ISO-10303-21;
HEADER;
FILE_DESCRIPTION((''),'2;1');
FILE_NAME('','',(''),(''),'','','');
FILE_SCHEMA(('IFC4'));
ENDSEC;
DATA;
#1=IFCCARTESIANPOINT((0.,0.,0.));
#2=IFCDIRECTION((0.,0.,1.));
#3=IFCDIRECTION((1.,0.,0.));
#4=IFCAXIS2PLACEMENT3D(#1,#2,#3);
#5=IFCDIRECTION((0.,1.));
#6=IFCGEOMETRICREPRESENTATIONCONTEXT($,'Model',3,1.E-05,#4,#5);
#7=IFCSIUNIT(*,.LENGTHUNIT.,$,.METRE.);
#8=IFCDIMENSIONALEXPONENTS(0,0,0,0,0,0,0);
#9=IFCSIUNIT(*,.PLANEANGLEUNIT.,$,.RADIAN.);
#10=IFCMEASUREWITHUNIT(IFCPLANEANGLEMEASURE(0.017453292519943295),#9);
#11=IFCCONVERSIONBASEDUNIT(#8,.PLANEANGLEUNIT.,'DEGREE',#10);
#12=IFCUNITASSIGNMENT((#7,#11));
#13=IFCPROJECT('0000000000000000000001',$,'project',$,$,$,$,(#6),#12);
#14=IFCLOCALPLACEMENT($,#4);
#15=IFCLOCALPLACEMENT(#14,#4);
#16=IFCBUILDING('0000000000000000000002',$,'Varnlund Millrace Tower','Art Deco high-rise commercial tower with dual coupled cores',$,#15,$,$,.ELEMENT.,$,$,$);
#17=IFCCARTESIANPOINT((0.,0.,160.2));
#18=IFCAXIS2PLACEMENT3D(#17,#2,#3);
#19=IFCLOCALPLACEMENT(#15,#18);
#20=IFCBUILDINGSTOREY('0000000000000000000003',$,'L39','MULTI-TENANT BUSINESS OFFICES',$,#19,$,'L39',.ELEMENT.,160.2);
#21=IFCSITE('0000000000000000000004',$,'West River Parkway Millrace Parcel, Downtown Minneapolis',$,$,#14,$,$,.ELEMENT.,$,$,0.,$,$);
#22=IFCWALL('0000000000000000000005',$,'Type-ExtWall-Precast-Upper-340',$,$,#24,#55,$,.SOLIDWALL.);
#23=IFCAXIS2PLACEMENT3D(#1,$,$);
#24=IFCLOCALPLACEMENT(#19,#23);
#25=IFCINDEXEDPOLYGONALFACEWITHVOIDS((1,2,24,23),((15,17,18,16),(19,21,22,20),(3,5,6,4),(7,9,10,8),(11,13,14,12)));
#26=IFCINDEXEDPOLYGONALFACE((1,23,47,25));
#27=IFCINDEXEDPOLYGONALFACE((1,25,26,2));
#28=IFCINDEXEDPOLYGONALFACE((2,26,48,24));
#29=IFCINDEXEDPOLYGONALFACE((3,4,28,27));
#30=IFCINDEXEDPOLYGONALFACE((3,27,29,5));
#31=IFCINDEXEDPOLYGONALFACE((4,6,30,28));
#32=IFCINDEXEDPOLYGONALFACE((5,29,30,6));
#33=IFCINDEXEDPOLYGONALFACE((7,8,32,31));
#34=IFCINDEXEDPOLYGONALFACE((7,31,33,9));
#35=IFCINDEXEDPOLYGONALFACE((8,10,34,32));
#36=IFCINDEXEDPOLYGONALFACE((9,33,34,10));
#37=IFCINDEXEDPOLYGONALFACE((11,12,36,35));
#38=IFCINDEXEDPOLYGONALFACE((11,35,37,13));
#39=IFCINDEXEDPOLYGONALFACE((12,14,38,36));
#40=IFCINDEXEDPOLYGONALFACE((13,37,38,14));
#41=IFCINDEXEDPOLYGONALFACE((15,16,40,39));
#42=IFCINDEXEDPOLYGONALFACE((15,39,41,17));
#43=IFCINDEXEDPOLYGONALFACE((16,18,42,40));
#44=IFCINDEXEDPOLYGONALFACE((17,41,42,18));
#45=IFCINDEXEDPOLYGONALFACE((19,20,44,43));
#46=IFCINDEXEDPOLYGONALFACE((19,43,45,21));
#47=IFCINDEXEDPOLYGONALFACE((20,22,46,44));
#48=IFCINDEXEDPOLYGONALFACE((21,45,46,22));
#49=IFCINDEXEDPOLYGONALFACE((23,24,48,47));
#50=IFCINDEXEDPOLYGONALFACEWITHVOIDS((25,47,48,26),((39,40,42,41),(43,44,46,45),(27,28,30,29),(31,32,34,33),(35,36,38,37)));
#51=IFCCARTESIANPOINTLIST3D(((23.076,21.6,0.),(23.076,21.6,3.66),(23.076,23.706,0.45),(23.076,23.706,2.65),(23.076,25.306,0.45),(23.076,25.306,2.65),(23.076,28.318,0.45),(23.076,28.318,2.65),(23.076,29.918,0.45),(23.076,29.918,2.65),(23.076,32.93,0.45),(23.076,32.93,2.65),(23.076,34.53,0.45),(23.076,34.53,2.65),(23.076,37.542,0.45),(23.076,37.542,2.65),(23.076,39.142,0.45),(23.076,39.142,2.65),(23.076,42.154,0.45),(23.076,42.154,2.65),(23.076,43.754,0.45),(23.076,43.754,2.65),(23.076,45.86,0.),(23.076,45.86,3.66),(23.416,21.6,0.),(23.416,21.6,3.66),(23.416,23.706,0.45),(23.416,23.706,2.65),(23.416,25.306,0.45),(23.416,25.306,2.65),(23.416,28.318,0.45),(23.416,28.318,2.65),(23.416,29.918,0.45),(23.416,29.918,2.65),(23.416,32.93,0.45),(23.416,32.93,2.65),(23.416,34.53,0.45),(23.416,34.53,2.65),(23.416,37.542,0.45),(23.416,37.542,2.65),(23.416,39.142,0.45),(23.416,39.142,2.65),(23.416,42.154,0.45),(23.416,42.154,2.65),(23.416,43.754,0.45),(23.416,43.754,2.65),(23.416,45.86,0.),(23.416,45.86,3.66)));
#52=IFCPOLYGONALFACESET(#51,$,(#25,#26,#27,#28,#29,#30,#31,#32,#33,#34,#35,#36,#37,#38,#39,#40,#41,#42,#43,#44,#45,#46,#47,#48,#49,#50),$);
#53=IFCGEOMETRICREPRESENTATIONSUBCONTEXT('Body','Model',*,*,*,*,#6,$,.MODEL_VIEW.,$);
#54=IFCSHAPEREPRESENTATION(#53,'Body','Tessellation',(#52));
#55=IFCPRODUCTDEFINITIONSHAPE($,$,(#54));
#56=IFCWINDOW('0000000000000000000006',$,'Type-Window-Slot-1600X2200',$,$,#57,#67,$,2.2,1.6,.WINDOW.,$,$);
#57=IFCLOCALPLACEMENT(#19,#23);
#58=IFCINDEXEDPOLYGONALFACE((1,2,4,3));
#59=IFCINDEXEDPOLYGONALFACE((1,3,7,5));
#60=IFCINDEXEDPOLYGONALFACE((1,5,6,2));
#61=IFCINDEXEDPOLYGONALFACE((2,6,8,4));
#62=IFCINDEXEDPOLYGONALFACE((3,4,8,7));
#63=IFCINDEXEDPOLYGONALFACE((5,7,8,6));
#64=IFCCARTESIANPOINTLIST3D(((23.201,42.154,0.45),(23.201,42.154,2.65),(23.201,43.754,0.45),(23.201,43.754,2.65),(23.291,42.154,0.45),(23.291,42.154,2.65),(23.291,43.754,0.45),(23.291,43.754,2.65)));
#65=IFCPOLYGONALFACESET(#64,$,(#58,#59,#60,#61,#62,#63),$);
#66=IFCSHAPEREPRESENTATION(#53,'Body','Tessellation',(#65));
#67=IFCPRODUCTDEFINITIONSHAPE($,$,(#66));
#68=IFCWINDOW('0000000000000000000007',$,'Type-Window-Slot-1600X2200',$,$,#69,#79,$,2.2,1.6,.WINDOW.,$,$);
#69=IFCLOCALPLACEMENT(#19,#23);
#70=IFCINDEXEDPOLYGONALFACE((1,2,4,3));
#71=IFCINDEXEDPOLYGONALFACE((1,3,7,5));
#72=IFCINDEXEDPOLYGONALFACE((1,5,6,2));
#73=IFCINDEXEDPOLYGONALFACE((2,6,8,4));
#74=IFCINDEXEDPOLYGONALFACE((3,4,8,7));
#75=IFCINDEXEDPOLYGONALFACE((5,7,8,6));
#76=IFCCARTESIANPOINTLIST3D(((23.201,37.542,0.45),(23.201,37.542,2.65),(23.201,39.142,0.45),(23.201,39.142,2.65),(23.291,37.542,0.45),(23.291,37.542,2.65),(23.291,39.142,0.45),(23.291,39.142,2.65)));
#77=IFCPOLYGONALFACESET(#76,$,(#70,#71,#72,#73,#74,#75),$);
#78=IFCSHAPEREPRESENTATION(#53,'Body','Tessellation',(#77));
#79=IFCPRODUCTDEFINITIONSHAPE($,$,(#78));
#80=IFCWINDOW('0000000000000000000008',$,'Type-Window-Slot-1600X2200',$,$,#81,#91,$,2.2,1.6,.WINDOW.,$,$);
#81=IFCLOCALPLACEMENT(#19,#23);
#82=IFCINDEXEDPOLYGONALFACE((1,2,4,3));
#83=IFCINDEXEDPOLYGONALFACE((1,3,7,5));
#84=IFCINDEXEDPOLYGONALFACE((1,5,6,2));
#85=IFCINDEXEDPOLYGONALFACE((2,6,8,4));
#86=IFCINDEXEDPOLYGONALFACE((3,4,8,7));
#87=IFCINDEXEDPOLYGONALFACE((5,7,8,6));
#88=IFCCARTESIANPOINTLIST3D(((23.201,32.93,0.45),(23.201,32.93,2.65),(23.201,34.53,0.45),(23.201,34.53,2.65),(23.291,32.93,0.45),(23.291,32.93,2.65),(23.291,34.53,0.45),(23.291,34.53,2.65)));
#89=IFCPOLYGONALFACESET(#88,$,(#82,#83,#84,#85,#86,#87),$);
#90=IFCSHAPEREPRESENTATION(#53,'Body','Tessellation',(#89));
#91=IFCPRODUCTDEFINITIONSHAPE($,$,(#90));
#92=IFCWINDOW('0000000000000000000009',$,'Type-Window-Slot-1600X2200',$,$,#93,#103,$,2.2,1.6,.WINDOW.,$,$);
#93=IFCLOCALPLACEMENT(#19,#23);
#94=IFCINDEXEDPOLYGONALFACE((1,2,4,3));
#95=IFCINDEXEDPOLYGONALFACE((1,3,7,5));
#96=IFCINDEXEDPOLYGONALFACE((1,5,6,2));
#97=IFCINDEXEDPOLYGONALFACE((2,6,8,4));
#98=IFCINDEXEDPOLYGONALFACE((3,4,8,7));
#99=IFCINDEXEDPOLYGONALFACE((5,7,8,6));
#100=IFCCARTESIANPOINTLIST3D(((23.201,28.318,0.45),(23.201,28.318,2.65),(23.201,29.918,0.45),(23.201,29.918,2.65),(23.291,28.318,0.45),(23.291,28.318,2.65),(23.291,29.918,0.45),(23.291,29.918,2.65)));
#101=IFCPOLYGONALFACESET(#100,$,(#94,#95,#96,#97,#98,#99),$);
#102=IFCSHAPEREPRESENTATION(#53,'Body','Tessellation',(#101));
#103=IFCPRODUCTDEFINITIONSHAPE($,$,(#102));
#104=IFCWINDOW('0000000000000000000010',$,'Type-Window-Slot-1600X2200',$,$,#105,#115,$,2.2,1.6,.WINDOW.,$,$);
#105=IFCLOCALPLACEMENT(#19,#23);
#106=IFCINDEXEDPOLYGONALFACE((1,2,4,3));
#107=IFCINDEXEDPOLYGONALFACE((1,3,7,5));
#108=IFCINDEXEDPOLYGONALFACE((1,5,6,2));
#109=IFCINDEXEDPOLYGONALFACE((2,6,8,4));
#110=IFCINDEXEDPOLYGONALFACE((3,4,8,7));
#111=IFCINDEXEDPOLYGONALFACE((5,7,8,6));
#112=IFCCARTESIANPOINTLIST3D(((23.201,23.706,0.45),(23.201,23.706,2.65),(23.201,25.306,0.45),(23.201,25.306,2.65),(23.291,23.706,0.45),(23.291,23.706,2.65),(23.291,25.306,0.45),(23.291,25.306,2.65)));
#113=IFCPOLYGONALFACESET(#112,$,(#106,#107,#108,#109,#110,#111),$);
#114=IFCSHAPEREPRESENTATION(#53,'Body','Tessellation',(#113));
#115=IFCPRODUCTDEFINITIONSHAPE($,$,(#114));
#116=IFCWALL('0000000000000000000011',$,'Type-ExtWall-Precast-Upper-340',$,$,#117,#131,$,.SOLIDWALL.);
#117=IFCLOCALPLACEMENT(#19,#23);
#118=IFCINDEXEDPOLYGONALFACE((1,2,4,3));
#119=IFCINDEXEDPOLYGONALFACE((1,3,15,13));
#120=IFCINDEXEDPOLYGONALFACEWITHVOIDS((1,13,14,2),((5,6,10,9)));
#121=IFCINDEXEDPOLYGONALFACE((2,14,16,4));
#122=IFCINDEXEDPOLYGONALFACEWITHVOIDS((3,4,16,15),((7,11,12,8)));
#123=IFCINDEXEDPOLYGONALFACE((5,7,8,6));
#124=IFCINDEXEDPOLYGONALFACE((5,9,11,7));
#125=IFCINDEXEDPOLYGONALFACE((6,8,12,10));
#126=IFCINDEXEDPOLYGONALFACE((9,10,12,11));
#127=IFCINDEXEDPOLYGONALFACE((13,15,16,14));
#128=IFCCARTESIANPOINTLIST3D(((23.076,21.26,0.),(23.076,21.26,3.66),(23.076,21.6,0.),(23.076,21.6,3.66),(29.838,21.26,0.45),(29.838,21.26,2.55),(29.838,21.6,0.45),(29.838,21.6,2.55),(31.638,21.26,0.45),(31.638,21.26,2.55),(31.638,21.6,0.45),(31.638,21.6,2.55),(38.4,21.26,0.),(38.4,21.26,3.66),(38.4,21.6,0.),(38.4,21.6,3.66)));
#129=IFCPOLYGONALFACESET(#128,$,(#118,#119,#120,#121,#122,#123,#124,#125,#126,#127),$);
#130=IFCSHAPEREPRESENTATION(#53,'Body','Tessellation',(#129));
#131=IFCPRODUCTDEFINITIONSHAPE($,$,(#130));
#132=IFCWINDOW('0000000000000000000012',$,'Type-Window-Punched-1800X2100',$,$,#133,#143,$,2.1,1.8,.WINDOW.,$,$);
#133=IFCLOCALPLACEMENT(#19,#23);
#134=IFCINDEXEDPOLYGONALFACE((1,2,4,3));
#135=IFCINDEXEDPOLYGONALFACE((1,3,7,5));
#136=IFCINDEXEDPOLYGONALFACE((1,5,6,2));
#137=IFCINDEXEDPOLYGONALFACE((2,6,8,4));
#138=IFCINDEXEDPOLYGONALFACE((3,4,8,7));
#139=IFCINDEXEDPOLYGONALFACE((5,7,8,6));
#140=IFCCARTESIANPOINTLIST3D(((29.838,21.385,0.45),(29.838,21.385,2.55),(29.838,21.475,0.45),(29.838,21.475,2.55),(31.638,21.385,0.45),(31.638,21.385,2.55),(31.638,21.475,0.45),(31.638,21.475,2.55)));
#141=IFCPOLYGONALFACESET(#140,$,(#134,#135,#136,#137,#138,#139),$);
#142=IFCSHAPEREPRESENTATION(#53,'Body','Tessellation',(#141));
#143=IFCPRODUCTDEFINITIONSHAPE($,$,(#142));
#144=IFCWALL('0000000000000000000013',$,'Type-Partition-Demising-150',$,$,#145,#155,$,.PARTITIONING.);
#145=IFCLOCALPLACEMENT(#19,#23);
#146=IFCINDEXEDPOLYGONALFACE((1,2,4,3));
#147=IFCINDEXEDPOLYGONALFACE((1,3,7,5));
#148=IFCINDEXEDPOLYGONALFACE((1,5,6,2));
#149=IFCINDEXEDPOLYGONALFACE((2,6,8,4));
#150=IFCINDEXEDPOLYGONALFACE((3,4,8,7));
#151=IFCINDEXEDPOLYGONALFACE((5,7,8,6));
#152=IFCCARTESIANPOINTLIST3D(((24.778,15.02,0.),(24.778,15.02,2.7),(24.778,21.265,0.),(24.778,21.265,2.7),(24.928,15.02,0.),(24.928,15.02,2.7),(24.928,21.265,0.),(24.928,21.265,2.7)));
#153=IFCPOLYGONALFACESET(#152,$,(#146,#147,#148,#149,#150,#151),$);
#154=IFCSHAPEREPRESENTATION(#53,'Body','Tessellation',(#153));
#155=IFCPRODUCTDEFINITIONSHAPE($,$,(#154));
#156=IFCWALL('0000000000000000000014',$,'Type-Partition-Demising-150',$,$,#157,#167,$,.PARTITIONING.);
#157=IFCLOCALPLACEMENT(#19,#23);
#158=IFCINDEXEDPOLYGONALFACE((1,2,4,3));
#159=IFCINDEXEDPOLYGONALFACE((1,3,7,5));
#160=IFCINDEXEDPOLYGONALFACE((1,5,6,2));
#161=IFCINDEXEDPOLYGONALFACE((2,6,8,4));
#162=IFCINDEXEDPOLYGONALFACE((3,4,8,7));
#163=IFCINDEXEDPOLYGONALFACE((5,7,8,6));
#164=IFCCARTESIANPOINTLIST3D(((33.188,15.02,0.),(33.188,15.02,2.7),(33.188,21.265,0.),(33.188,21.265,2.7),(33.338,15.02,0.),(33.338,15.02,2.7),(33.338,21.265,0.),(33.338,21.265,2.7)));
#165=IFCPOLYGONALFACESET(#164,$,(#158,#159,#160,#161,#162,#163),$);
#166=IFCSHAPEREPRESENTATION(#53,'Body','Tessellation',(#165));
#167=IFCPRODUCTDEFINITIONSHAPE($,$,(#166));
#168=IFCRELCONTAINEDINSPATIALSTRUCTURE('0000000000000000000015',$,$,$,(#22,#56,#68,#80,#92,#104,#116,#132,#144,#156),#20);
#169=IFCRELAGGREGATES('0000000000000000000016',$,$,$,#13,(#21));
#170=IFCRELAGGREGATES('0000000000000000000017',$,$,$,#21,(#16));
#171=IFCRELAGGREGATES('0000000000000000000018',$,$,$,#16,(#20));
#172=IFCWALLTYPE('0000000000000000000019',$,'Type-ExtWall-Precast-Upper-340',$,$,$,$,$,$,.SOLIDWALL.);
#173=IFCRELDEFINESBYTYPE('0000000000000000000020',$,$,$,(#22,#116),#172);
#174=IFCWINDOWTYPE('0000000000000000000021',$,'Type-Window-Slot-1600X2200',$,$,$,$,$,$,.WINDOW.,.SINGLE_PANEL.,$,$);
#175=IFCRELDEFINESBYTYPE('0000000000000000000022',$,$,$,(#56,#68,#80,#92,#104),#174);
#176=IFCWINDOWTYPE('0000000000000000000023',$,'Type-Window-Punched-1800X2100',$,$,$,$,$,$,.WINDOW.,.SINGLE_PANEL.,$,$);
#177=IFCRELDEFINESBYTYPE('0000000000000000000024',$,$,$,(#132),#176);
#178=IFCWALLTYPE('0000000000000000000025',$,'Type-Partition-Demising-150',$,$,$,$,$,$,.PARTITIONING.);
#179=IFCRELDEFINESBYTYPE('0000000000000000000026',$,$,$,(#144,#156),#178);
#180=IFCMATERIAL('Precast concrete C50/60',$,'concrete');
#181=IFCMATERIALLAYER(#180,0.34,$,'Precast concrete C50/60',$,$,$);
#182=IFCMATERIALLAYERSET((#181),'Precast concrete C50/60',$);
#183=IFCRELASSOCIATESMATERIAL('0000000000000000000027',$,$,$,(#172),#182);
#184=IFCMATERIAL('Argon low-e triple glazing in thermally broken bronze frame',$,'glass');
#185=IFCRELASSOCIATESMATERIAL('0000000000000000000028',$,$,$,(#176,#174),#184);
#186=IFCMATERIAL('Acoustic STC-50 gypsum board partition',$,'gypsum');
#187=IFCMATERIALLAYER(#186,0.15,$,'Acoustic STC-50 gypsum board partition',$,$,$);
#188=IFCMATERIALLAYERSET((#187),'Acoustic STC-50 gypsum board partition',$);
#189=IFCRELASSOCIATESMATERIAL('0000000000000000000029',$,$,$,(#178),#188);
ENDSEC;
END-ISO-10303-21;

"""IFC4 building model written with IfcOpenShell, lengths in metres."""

from ifc_helpers import new_model, entity, si_unit, converted_unit, direction, frame, origin_with_axes, origin_2d_with_axis, place, context, subcontext, project, spatial, polyline, rectangle, outline, extrude, material, layer, layer_set, type_object, element, fill, save


model = new_model("IFC4")

# Units and contexts
model_context = context("Model", 3, precision=1e-05, world=origin_with_axes(), true_north=direction((0.0, 1.0)))
body_context = subcontext(model_context, "Body", "Model", "MODEL_VIEW")
ifc_project = project(units=[si_unit("LENGTHUNIT", "METRE"), converted_unit("PLANEANGLEUNIT", "DEGREE", entity("IfcPlaneAngleMeasure", 0.017453292519943295), si_unit("PLANEANGLEUNIT", "RADIAN"), dimensions=[0, 0, 0, 0, 0, 0, 0])], contexts=[model_context])

# Site, building, storey
site_placement = place(None, origin_with_axes())
site = spatial("IfcSite", under=ifc_project, at=site_placement, Name="West River Parkway Millrace Parcel, Downtown Minneapolis", CompositionType="ELEMENT", RefElevation=0.0)
building_placement = place(site_placement, origin_with_axes())
building = spatial("IfcBuilding", under=site, at=building_placement, Name="Varnlund Millrace Tower", Description="Art Deco high-rise commercial tower with dual coupled cores", CompositionType="ELEMENT")
storey_placement = place(building_placement, frame((0.0, 0.0, 160.2), z_axis=(0.0, 0.0, 1.0), x_axis=(1.0, 0.0, 0.0)))
storey = spatial("IfcBuildingStorey", under=building, at=storey_placement, Name="L39", Description="MULTI-TENANT BUSINESS OFFICES", LongName="L39", CompositionType="ELEMENT", Elevation=160.2)

# Shared definitions
ifc_material_1 = material(Name="Precast concrete C50/60", Category="concrete")
ifc_layer_1 = layer(ifc_material_1, 0.34, Name="Precast concrete C50/60")
ifc_layer_set_1 = layer_set([ifc_layer_1], Name="Precast concrete C50/60")
wall_type_1 = type_object("IfcWallType", Name="Type-ExtWall-Precast-Upper-340", PredefinedType="SOLIDWALL", material=ifc_layer_set_1)

# Shared definitions
ifc_material_2 = material(Name="Argon low-e triple glazing in thermally broken bronze frame", Category="glass")
window_type_1 = type_object("IfcWindowType", Name="Type-Window-Punched-1800X2100", PartitioningType="SINGLE_PANEL", PredefinedType="WINDOW", material=ifc_material_2)

# Wall, openings, windows
wall_1_placement = place(storey_placement, frame((23.246, 45.86, 0.0), z_axis=(0.0, 0.0, 1.0), x_axis=(0.0, -1.0, 0.0)))
wall_1 = element("IfcWall", 1, at=wall_1_placement, inside=storey, type_object=wall_type_1, Name="Type-ExtWall-Precast-Upper-340", PredefinedType="SOLIDWALL", context=body_context, shape_type="SweptSolid", body=[
    extrude(outline(polyline([(0.0, -0.17), (24.26, -0.17), (24.26, 0.17), (0.0, 0.17), (0.0, -0.17)])), origin_with_axes(), (0.0, 0.0, 1.0), 3.66),
])
opening_1_placement = place(wall_1_placement, frame((2.906, 0.0, 0.45), z_axis=(0.0, 0.0, 1.0), x_axis=(1.0, 0.0, 0.0)))
opening_1 = element("IfcOpeningElement", 2, at=opening_1_placement, cuts=wall_1, PredefinedType="OPENING", context=body_context, shape_type="SweptSolid", body=[
    extrude(rectangle(XDim=1.6, YDim=0.36, at=origin_2d_with_axis()), origin_with_axes(), (0.0, 0.0, 1.0), 2.2),
])
opening_2_placement = place(wall_1_placement, frame((7.518, 0.0, 0.45), z_axis=(0.0, 0.0, 1.0), x_axis=(1.0, 0.0, 0.0)))
opening_2 = element("IfcOpeningElement", 3, at=opening_2_placement, cuts=wall_1, PredefinedType="OPENING", context=body_context, shape_type="SweptSolid", body=[
    extrude(rectangle(XDim=1.6, YDim=0.36, at=origin_2d_with_axis()), origin_with_axes(), (0.0, 0.0, 1.0), 2.2),
])
opening_3_placement = place(wall_1_placement, frame((12.13, 0.0, 0.45), z_axis=(0.0, 0.0, 1.0), x_axis=(1.0, 0.0, 0.0)))
opening_3 = element("IfcOpeningElement", 4, at=opening_3_placement, cuts=wall_1, PredefinedType="OPENING", context=body_context, shape_type="SweptSolid", body=[
    extrude(rectangle(XDim=1.6, YDim=0.36, at=origin_2d_with_axis()), origin_with_axes(), (0.0, 0.0, 1.0), 2.2),
])
opening_4_placement = place(wall_1_placement, frame((16.742, 0.0, 0.45), z_axis=(0.0, 0.0, 1.0), x_axis=(1.0, 0.0, 0.0)))
opening_4 = element("IfcOpeningElement", 5, at=opening_4_placement, cuts=wall_1, PredefinedType="OPENING", context=body_context, shape_type="SweptSolid", body=[
    extrude(rectangle(XDim=1.6, YDim=0.36, at=origin_2d_with_axis()), origin_with_axes(), (0.0, 0.0, 1.0), 2.2),
])
opening_5_placement = place(wall_1_placement, frame((21.354, 0.0, 0.45), z_axis=(0.0, 0.0, 1.0), x_axis=(1.0, 0.0, 0.0)))
opening_5 = element("IfcOpeningElement", 6, at=opening_5_placement, cuts=wall_1, PredefinedType="OPENING", context=body_context, shape_type="SweptSolid", body=[
    extrude(rectangle(XDim=1.6, YDim=0.36, at=origin_2d_with_axis()), origin_with_axes(), (0.0, 0.0, 1.0), 2.2),
])
window_type_2 = type_object("IfcWindowType", Name="Type-Window-Slot-1600X2200", PartitioningType="SINGLE_PANEL", PredefinedType="WINDOW", material=ifc_material_2)
window_1_placement = place(wall_1_placement, frame((2.906, 0.0, 0.45), z_axis=(0.0, 0.0, 1.0), x_axis=(1.0, 0.0, 0.0)))
window_1 = element("IfcWindow", 7, at=window_1_placement, inside=storey, type_object=window_type_2, Name="Type-Window-Slot-1600X2200", OverallHeight=2.2, OverallWidth=1.6, PredefinedType="WINDOW", context=body_context, shape_type="SweptSolid", body=[
    extrude(rectangle(XDim=1.6, YDim=0.09, at=origin_2d_with_axis()), origin_with_axes(), (0.0, 0.0, 1.0), 2.2),
])
fill(opening_1, window_1)
window_2_placement = place(wall_1_placement, frame((7.518, 0.0, 0.45), z_axis=(0.0, 0.0, 1.0), x_axis=(1.0, 0.0, 0.0)))
window_2 = element("IfcWindow", 8, at=window_2_placement, inside=storey, type_object=window_type_2, Name="Type-Window-Slot-1600X2200", OverallHeight=2.2, OverallWidth=1.6, PredefinedType="WINDOW", context=body_context, shape_type="SweptSolid", body=[
    extrude(rectangle(XDim=1.6, YDim=0.09, at=origin_2d_with_axis()), origin_with_axes(), (0.0, 0.0, 1.0), 2.2),
])
fill(opening_2, window_2)
window_3_placement = place(wall_1_placement, frame((12.13, 0.0, 0.45), z_axis=(0.0, 0.0, 1.0), x_axis=(1.0, 0.0, 0.0)))
window_3 = element("IfcWindow", 9, at=window_3_placement, inside=storey, type_object=window_type_2, Name="Type-Window-Slot-1600X2200", OverallHeight=2.2, OverallWidth=1.6, PredefinedType="WINDOW", context=body_context, shape_type="SweptSolid", body=[
    extrude(rectangle(XDim=1.6, YDim=0.09, at=origin_2d_with_axis()), origin_with_axes(), (0.0, 0.0, 1.0), 2.2),
])
fill(opening_3, window_3)
window_4_placement = place(wall_1_placement, frame((16.742, 0.0, 0.45), z_axis=(0.0, 0.0, 1.0), x_axis=(1.0, 0.0, 0.0)))
window_4 = element("IfcWindow", 10, at=window_4_placement, inside=storey, type_object=window_type_2, Name="Type-Window-Slot-1600X2200", OverallHeight=2.2, OverallWidth=1.6, PredefinedType="WINDOW", context=body_context, shape_type="SweptSolid", body=[
    extrude(rectangle(XDim=1.6, YDim=0.09, at=origin_2d_with_axis()), origin_with_axes(), (0.0, 0.0, 1.0), 2.2),
])
fill(opening_4, window_4)
window_5_placement = place(wall_1_placement, frame((21.354, 0.0, 0.45), z_axis=(0.0, 0.0, 1.0), x_axis=(1.0, 0.0, 0.0)))
window_5 = element("IfcWindow", 11, at=window_5_placement, inside=storey, type_object=window_type_2, Name="Type-Window-Slot-1600X2200", OverallHeight=2.2, OverallWidth=1.6, PredefinedType="WINDOW", context=body_context, shape_type="SweptSolid", body=[
    extrude(rectangle(XDim=1.6, YDim=0.09, at=origin_2d_with_axis()), origin_with_axes(), (0.0, 0.0, 1.0), 2.2),
])
fill(opening_5, window_5)

# Wall, opening, window
wall_2_placement = place(storey_placement, frame((23.076, 21.43, 0.0), z_axis=(0.0, 0.0, 1.0), x_axis=(1.0, 0.0, 0.0)))
wall_2 = element("IfcWall", 12, at=wall_2_placement, inside=storey, type_object=wall_type_1, Name="Type-ExtWall-Precast-Upper-340", PredefinedType="SOLIDWALL", context=body_context, shape_type="SweptSolid", body=[
    extrude(outline(polyline([(0.0, -0.17), (15.324, -0.17), (15.324, 0.17), (0.0, 0.17), (0.0, -0.17)])), origin_with_axes(), (0.0, 0.0, 1.0), 3.66),
])
opening_6_placement = place(wall_2_placement, frame((7.662, 0.0, 0.45), z_axis=(0.0, 0.0, 1.0), x_axis=(1.0, 0.0, 0.0)))
opening_6 = element("IfcOpeningElement", 13, at=opening_6_placement, cuts=wall_2, PredefinedType="OPENING", context=body_context, shape_type="SweptSolid", body=[
    extrude(rectangle(XDim=1.8, YDim=0.36, at=origin_2d_with_axis()), origin_with_axes(), (0.0, 0.0, 1.0), 2.1),
])
window_6_placement = place(wall_2_placement, frame((7.662, 0.0, 0.45), z_axis=(0.0, 0.0, 1.0), x_axis=(1.0, 0.0, 0.0)))
window_6 = element("IfcWindow", 14, at=window_6_placement, inside=storey, type_object=window_type_1, Name="Type-Window-Punched-1800X2100", OverallHeight=2.1, OverallWidth=1.8, PredefinedType="WINDOW", context=body_context, shape_type="SweptSolid", body=[
    extrude(rectangle(XDim=1.8, YDim=0.09, at=origin_2d_with_axis()), origin_with_axes(), (0.0, 0.0, 1.0), 2.1),
])
fill(opening_6, window_6)

# Walls
ifc_material_3 = material(Name="Acoustic STC-50 gypsum board partition", Category="gypsum")
ifc_layer_2 = layer(ifc_material_3, 0.15, Name="Acoustic STC-50 gypsum board partition")
ifc_layer_set_2 = layer_set([ifc_layer_2], Name="Acoustic STC-50 gypsum board partition")
wall_type_2 = type_object("IfcWallType", Name="Type-Partition-Demising-150", PredefinedType="PARTITIONING", material=ifc_layer_set_2)
for number, where, z_axis, x_axis, name in (
    (15, (24.853, 15.02, 0.0), (0.0, 0.0, 1.0), (0.0, 1.0, 0.0), "Type-Partition-Demising-150"),
    (16, (33.263, 15.02, 0.0), (0.0, 0.0, 1.0), (0.0, 1.0, 0.0), "Type-Partition-Demising-150"),
):
    element("IfcWall", number, at=place(storey_placement, frame(where, z_axis=z_axis, x_axis=x_axis)), inside=storey, type_object=wall_type_2, Name=name, PredefinedType="PARTITIONING", context=body_context, shape_type="SweptSolid", body=[
        extrude(outline(polyline([(0.0, -0.075), (6.245, -0.075), (6.245, 0.075), (0.0, 0.075), (0.0, -0.075)])), origin_with_axes(), (0.0, 0.0, 1.0), 2.7),
    ])

save(model, "model.ifc")
